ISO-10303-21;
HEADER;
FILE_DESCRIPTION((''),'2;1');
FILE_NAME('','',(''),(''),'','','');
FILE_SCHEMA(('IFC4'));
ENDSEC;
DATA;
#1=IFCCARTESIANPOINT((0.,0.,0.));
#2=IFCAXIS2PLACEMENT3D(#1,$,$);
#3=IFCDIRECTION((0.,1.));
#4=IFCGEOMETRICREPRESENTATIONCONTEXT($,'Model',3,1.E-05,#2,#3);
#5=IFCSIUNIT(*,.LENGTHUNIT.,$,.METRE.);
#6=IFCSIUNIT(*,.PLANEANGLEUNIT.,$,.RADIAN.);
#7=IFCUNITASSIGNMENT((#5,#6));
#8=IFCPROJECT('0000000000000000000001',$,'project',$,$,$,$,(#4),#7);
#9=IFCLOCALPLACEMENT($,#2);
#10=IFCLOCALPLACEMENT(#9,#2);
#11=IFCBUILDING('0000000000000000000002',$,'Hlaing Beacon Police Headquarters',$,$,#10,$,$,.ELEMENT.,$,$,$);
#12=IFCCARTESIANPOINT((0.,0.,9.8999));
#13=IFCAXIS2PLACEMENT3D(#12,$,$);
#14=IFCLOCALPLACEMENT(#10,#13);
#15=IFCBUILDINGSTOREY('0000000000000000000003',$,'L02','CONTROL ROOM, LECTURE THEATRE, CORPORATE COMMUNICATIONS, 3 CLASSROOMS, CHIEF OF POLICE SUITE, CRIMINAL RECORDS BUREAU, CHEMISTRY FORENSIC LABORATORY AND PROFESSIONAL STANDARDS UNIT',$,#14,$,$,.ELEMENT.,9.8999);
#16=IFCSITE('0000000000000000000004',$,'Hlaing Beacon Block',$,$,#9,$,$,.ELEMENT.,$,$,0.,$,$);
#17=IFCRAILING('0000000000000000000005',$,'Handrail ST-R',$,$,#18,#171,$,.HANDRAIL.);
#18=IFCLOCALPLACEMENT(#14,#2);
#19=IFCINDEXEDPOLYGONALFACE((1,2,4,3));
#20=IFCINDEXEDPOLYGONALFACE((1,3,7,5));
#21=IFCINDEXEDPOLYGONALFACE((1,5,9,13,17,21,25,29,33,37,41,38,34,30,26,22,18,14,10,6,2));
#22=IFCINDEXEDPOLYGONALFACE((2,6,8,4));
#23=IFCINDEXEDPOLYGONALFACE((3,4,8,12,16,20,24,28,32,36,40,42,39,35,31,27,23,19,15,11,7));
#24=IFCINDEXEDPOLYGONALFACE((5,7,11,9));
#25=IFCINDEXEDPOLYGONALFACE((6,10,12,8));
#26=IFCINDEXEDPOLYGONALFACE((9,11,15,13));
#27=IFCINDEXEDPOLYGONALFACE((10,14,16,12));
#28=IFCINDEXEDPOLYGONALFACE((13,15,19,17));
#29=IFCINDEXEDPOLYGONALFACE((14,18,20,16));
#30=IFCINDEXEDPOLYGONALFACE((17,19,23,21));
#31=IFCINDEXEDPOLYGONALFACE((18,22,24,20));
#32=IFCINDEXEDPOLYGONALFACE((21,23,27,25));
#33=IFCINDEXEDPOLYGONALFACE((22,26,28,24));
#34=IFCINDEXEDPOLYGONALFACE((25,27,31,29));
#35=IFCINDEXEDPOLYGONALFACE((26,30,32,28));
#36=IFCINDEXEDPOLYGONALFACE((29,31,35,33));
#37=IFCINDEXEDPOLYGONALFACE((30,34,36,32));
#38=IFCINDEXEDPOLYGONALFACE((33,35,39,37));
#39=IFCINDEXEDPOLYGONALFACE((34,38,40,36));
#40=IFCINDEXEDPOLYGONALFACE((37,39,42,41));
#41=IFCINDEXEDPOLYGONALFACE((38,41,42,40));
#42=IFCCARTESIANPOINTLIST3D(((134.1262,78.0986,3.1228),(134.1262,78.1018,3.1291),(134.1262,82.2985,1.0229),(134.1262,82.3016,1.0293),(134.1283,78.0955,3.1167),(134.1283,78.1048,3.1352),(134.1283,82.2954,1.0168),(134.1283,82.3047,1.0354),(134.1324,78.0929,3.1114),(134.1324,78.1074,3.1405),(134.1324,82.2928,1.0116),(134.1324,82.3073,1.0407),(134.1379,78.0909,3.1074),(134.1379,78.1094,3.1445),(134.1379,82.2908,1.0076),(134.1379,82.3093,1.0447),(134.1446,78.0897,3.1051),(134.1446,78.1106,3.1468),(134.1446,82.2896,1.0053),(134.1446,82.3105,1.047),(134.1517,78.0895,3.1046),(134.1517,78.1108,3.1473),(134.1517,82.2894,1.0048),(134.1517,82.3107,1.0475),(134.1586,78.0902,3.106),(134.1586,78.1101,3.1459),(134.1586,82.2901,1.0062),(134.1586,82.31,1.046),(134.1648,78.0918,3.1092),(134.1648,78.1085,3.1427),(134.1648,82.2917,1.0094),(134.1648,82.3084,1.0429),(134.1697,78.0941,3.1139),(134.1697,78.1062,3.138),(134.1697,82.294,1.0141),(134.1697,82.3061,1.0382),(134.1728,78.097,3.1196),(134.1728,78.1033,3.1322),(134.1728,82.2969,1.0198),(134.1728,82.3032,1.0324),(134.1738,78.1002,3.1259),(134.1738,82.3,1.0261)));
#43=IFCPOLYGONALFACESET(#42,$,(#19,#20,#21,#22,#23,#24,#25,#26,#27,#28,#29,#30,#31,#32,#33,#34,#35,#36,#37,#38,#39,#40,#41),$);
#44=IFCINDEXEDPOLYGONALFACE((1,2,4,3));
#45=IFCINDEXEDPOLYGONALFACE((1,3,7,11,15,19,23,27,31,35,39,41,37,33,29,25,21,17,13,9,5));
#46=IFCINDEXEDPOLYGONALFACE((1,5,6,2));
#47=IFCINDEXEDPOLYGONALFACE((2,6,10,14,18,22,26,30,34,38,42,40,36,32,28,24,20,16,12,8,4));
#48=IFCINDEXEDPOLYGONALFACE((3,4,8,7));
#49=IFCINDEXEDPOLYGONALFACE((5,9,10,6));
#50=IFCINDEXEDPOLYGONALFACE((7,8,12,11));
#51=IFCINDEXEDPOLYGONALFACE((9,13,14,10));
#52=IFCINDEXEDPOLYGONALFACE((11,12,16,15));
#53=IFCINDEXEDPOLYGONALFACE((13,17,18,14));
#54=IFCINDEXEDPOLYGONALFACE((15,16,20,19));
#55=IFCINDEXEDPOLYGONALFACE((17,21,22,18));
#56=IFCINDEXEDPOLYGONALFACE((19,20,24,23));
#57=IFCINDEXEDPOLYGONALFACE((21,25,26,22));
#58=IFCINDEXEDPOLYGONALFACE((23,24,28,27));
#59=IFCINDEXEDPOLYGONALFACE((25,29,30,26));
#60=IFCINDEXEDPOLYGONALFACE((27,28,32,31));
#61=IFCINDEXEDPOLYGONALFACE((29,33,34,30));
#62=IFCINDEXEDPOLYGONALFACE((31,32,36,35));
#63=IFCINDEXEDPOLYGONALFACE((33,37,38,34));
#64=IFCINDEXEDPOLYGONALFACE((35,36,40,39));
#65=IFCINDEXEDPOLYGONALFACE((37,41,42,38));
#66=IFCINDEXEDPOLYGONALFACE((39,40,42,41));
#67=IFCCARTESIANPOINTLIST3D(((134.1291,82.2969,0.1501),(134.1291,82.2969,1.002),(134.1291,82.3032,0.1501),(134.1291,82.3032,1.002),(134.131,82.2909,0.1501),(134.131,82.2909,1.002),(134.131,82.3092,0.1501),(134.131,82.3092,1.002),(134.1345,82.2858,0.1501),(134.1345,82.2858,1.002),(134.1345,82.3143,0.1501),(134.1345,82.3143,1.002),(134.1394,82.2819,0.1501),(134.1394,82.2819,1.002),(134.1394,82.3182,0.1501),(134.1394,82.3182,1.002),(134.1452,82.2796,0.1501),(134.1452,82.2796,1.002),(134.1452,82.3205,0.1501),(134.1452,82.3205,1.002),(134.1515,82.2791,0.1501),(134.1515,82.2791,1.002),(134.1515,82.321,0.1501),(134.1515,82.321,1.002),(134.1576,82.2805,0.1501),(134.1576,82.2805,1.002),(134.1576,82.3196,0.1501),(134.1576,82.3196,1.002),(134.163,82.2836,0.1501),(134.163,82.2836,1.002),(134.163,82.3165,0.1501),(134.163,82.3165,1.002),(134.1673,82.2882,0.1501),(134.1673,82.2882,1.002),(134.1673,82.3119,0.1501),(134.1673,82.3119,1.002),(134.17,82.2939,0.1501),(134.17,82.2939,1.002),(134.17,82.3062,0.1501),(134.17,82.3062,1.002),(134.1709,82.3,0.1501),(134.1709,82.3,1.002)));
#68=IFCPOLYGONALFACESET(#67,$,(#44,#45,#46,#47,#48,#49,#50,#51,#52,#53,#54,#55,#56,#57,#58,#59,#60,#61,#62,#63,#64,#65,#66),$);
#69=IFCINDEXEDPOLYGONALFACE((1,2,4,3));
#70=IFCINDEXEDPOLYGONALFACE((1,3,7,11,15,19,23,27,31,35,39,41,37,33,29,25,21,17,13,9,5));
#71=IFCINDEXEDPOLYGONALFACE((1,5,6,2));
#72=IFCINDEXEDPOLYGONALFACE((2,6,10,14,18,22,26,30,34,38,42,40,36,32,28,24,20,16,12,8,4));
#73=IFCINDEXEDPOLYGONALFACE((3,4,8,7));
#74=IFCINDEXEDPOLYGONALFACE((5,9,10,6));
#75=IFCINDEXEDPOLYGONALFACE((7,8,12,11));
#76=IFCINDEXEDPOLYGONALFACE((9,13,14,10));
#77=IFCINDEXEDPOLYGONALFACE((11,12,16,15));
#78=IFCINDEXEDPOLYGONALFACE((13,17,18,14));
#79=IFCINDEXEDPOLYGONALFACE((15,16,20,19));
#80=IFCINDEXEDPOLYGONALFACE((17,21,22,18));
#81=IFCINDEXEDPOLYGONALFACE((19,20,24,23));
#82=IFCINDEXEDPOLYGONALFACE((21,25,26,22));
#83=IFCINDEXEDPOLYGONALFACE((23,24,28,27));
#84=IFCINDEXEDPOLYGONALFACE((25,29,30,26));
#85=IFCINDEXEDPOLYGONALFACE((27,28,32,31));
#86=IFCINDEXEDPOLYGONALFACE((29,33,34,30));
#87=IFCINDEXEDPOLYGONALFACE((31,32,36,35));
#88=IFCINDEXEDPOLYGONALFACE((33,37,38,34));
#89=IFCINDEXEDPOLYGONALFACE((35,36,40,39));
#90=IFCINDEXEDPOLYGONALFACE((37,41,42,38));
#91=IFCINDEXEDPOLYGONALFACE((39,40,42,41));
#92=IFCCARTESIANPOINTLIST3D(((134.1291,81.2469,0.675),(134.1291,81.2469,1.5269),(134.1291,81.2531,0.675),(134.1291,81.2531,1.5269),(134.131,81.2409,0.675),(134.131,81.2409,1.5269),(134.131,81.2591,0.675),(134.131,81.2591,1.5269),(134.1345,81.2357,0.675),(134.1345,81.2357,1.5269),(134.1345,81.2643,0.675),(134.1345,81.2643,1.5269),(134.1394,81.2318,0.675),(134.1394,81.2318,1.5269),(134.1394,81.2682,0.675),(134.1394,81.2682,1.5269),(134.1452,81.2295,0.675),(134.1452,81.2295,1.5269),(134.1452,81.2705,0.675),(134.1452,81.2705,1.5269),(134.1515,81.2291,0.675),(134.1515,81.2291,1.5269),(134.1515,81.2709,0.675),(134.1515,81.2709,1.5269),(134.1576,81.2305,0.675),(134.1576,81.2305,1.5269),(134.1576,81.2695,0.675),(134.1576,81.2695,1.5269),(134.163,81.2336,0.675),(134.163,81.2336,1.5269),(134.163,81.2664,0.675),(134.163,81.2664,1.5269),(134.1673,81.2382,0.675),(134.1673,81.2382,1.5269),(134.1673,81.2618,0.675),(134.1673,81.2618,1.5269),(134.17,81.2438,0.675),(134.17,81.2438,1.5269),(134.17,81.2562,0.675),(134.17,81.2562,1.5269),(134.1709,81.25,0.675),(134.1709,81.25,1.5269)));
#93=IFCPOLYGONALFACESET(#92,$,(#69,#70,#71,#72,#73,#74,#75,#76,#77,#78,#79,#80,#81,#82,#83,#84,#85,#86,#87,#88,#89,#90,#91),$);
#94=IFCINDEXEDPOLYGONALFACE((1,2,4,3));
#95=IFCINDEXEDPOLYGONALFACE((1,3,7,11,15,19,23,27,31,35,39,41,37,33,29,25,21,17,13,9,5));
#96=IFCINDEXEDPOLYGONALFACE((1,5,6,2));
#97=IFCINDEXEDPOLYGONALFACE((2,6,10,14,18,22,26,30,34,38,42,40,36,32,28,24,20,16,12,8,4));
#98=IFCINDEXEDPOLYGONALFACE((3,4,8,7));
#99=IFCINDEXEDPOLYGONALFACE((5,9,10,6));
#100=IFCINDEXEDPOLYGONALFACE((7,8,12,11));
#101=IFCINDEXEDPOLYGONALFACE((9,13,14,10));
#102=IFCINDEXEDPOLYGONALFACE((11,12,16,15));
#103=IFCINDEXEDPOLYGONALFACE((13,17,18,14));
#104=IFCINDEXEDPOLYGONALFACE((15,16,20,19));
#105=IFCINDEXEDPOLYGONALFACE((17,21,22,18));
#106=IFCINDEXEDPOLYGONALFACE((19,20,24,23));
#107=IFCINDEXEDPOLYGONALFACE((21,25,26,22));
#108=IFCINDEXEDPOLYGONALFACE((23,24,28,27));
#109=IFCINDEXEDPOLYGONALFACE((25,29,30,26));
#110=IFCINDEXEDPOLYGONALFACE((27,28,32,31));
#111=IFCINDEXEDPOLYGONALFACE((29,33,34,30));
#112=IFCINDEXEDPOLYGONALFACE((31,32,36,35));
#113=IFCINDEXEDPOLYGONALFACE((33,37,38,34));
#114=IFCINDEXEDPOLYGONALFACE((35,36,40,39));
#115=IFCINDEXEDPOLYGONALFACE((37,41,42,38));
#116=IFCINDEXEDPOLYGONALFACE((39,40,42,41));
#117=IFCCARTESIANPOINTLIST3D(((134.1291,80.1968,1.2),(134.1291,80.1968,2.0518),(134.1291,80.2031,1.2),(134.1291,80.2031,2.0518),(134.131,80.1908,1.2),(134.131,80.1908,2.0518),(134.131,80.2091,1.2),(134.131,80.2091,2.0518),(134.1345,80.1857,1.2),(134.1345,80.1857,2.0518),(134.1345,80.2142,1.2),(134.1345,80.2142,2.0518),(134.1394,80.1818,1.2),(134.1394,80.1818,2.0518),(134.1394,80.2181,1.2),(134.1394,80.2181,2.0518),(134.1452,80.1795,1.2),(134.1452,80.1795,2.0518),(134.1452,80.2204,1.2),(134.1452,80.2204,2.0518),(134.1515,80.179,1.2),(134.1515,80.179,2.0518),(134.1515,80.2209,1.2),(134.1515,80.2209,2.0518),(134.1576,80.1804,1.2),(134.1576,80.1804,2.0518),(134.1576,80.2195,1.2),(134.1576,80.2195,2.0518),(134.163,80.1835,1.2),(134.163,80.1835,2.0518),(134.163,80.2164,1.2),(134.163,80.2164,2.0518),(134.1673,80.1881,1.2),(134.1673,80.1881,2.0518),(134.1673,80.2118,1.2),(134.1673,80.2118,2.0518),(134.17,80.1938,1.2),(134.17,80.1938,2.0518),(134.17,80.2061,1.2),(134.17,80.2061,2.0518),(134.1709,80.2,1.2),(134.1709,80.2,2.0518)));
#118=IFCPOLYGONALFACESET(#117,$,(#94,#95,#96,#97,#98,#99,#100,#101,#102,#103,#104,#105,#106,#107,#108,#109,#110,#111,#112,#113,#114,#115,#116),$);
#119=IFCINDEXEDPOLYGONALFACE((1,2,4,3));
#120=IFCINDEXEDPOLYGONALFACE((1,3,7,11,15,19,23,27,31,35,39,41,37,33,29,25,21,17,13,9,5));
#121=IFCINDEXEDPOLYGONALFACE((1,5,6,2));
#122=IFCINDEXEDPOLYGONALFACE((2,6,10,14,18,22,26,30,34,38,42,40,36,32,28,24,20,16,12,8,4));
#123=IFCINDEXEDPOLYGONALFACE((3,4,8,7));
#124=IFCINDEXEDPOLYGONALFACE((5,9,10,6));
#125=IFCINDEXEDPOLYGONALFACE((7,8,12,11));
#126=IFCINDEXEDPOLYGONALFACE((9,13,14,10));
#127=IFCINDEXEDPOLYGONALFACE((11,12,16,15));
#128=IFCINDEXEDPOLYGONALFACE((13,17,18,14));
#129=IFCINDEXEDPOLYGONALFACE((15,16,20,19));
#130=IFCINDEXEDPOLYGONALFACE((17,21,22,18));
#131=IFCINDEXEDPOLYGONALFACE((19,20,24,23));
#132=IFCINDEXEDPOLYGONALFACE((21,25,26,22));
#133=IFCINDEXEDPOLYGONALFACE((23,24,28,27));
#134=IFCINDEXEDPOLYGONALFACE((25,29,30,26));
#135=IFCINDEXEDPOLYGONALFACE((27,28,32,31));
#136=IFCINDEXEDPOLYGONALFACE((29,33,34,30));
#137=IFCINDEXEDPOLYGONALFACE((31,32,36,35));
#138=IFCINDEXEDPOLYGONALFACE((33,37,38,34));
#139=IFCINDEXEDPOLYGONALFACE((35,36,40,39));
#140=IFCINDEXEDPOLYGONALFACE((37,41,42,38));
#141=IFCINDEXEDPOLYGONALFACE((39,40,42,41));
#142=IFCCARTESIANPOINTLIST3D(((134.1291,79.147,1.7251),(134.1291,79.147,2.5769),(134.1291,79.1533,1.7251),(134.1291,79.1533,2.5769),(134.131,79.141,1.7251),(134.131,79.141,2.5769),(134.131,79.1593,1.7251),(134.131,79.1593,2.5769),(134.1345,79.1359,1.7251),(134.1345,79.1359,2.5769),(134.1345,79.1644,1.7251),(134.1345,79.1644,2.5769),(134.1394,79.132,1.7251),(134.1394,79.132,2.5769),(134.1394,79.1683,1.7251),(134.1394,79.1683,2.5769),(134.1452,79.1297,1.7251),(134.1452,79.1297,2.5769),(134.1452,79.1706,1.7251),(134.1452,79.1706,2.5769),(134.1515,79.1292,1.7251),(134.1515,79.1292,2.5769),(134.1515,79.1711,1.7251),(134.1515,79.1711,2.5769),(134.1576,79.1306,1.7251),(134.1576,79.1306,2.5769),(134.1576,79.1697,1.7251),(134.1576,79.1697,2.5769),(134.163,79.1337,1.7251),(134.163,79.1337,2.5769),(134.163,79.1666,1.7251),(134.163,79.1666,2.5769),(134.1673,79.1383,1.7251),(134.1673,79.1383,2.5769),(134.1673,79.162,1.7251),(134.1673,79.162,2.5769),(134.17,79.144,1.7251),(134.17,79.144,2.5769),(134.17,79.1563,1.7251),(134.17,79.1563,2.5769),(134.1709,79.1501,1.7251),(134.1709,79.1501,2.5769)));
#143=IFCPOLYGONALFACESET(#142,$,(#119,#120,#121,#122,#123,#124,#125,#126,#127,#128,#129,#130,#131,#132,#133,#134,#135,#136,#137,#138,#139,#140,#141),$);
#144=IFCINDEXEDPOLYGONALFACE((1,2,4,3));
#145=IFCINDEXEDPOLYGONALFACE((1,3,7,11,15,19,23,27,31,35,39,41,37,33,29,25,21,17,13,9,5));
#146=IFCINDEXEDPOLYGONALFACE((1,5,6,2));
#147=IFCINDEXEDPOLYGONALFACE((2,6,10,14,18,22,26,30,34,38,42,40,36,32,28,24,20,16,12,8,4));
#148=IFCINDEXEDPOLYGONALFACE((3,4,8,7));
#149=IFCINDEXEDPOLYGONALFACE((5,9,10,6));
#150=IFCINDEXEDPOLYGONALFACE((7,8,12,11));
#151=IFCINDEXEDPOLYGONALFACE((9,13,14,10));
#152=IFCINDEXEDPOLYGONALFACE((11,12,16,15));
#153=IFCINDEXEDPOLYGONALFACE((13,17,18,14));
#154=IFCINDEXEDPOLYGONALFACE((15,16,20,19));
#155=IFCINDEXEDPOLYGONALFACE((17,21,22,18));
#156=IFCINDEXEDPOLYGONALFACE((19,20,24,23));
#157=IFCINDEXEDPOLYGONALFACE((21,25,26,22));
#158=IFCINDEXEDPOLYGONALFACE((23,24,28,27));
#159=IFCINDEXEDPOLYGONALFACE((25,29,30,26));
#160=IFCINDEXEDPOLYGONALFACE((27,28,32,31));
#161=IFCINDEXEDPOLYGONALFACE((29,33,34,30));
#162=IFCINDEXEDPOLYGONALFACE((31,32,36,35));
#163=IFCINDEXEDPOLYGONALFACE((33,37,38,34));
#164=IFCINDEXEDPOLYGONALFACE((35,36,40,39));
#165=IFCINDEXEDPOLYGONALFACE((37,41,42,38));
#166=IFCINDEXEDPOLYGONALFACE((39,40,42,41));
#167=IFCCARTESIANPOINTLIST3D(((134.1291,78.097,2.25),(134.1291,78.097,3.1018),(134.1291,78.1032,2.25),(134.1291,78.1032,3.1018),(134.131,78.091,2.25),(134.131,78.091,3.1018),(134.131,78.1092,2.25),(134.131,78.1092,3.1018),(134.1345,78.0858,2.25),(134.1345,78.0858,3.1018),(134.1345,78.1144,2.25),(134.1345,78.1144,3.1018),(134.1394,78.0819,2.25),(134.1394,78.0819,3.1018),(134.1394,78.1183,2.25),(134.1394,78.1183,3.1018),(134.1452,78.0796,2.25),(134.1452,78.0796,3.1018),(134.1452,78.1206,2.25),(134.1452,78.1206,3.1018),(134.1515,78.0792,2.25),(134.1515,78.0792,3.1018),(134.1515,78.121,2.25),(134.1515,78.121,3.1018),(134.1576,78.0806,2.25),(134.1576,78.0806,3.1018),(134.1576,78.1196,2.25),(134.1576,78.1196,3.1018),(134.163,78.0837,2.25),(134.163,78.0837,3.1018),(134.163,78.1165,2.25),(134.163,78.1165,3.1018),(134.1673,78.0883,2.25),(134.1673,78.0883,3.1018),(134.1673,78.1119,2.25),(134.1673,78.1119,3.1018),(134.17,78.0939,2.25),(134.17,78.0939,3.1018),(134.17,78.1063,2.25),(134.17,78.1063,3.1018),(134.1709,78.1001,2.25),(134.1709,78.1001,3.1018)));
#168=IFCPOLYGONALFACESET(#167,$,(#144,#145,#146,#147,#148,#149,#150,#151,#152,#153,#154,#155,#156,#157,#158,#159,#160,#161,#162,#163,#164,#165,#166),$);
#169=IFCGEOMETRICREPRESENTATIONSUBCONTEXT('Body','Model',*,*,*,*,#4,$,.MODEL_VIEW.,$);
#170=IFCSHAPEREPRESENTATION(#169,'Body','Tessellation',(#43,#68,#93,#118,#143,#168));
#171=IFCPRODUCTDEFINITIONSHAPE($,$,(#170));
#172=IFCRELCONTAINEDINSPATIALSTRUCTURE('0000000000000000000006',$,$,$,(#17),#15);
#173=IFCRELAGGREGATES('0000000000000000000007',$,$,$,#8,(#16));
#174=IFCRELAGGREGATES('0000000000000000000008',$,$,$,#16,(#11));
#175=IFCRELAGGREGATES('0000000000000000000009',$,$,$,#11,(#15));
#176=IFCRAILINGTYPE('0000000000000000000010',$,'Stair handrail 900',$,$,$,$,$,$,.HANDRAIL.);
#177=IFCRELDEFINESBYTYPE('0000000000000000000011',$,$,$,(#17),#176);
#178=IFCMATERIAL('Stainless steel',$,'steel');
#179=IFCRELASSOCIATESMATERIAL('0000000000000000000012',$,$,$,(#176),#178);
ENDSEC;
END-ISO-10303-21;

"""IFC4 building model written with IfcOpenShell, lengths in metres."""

from ifc_helpers import new_model, si_unit, direction, frame, origin, origin_2d, place, context, subcontext, project, spatial, circle, extrude, material, type_object, element, save


model = new_model("IFC4")

# Units and contexts
model_context = context("Model", 3, precision=1e-05, world=origin(), true_north=direction((0.0, 1.0)))
body_context = subcontext(model_context, "Body", "Model", "MODEL_VIEW")
ifc_project = project(units=[si_unit("LENGTHUNIT", "METRE"), si_unit("PLANEANGLEUNIT", "RADIAN")], contexts=[model_context])

# Site, building, storey
site_placement = place(None, origin())
site = spatial("IfcSite", under=ifc_project, at=site_placement, Name="Hlaing Beacon Block", CompositionType="ELEMENT", RefElevation=0.0)
building_placement = place(site_placement, origin())
building = spatial("IfcBuilding", under=site, at=building_placement, Name="Hlaing Beacon Police Headquarters", CompositionType="ELEMENT")
storey_placement = place(building_placement, frame((0.0, 0.0, 9.8999)))
storey = spatial("IfcBuildingStorey", under=building, at=storey_placement, Name="L02", Description="CONTROL ROOM, LECTURE THEATRE, CORPORATE COMMUNICATIONS, 3 CLASSROOMS, CHIEF OF POLICE SUITE, CRIMINAL RECORDS BUREAU, CHEMISTRY FORENSIC LABORATORY AND PROFESSIONAL STANDARDS UNIT", CompositionType="ELEMENT", Elevation=9.8999)

# Railing
ifc_material_1 = material(Name="Stainless steel", Category="steel")
railing_type_1 = type_object("IfcRailingType", Name="Stair handrail 900", PredefinedType="HANDRAIL", material=ifc_material_1)
for number, where, name in (
    (1, (134.1499, 82.3, 0.1501), "Handrail ST-R"),
):
    element("IfcRailing", number, at=place(storey_placement, frame(where)), inside=storey, type_object=railing_type_1, Name=name, PredefinedType="HANDRAIL", context=body_context, shape_type="SweptSolid", body=[
        extrude(circle(Radius=0.0239, at=origin_2d()), frame((0.0, 0.0, 0.876), z_axis=(0.0, -0.894438, 0.447193), x_axis=(1.0, 0.0, 0.0)), (0.0, 0.0, 1.0), 4.6956),
        extrude(circle(Radius=0.021, at=origin_2d()), origin(), (0.0, 0.0, 1.0), 0.8518),
        extrude(circle(Radius=0.021, at=origin_2d()), frame((0.0, -1.05, 0.5249)), (0.0, 0.0, 1.0), 0.8518),
        extrude(circle(Radius=0.021, at=origin_2d()), frame((0.0, -2.1001, 1.0498)), (0.0, 0.0, 1.0), 0.8518),
        extrude(circle(Radius=0.021, at=origin_2d()), frame((0.0, -3.1499, 1.575)), (0.0, 0.0, 1.0), 0.8518),
        extrude(circle(Radius=0.021, at=origin_2d()), frame((0.0, -4.2, 2.0999)), (0.0, 0.0, 1.0), 0.8518),
    ])

save(model, "model.ifc")
